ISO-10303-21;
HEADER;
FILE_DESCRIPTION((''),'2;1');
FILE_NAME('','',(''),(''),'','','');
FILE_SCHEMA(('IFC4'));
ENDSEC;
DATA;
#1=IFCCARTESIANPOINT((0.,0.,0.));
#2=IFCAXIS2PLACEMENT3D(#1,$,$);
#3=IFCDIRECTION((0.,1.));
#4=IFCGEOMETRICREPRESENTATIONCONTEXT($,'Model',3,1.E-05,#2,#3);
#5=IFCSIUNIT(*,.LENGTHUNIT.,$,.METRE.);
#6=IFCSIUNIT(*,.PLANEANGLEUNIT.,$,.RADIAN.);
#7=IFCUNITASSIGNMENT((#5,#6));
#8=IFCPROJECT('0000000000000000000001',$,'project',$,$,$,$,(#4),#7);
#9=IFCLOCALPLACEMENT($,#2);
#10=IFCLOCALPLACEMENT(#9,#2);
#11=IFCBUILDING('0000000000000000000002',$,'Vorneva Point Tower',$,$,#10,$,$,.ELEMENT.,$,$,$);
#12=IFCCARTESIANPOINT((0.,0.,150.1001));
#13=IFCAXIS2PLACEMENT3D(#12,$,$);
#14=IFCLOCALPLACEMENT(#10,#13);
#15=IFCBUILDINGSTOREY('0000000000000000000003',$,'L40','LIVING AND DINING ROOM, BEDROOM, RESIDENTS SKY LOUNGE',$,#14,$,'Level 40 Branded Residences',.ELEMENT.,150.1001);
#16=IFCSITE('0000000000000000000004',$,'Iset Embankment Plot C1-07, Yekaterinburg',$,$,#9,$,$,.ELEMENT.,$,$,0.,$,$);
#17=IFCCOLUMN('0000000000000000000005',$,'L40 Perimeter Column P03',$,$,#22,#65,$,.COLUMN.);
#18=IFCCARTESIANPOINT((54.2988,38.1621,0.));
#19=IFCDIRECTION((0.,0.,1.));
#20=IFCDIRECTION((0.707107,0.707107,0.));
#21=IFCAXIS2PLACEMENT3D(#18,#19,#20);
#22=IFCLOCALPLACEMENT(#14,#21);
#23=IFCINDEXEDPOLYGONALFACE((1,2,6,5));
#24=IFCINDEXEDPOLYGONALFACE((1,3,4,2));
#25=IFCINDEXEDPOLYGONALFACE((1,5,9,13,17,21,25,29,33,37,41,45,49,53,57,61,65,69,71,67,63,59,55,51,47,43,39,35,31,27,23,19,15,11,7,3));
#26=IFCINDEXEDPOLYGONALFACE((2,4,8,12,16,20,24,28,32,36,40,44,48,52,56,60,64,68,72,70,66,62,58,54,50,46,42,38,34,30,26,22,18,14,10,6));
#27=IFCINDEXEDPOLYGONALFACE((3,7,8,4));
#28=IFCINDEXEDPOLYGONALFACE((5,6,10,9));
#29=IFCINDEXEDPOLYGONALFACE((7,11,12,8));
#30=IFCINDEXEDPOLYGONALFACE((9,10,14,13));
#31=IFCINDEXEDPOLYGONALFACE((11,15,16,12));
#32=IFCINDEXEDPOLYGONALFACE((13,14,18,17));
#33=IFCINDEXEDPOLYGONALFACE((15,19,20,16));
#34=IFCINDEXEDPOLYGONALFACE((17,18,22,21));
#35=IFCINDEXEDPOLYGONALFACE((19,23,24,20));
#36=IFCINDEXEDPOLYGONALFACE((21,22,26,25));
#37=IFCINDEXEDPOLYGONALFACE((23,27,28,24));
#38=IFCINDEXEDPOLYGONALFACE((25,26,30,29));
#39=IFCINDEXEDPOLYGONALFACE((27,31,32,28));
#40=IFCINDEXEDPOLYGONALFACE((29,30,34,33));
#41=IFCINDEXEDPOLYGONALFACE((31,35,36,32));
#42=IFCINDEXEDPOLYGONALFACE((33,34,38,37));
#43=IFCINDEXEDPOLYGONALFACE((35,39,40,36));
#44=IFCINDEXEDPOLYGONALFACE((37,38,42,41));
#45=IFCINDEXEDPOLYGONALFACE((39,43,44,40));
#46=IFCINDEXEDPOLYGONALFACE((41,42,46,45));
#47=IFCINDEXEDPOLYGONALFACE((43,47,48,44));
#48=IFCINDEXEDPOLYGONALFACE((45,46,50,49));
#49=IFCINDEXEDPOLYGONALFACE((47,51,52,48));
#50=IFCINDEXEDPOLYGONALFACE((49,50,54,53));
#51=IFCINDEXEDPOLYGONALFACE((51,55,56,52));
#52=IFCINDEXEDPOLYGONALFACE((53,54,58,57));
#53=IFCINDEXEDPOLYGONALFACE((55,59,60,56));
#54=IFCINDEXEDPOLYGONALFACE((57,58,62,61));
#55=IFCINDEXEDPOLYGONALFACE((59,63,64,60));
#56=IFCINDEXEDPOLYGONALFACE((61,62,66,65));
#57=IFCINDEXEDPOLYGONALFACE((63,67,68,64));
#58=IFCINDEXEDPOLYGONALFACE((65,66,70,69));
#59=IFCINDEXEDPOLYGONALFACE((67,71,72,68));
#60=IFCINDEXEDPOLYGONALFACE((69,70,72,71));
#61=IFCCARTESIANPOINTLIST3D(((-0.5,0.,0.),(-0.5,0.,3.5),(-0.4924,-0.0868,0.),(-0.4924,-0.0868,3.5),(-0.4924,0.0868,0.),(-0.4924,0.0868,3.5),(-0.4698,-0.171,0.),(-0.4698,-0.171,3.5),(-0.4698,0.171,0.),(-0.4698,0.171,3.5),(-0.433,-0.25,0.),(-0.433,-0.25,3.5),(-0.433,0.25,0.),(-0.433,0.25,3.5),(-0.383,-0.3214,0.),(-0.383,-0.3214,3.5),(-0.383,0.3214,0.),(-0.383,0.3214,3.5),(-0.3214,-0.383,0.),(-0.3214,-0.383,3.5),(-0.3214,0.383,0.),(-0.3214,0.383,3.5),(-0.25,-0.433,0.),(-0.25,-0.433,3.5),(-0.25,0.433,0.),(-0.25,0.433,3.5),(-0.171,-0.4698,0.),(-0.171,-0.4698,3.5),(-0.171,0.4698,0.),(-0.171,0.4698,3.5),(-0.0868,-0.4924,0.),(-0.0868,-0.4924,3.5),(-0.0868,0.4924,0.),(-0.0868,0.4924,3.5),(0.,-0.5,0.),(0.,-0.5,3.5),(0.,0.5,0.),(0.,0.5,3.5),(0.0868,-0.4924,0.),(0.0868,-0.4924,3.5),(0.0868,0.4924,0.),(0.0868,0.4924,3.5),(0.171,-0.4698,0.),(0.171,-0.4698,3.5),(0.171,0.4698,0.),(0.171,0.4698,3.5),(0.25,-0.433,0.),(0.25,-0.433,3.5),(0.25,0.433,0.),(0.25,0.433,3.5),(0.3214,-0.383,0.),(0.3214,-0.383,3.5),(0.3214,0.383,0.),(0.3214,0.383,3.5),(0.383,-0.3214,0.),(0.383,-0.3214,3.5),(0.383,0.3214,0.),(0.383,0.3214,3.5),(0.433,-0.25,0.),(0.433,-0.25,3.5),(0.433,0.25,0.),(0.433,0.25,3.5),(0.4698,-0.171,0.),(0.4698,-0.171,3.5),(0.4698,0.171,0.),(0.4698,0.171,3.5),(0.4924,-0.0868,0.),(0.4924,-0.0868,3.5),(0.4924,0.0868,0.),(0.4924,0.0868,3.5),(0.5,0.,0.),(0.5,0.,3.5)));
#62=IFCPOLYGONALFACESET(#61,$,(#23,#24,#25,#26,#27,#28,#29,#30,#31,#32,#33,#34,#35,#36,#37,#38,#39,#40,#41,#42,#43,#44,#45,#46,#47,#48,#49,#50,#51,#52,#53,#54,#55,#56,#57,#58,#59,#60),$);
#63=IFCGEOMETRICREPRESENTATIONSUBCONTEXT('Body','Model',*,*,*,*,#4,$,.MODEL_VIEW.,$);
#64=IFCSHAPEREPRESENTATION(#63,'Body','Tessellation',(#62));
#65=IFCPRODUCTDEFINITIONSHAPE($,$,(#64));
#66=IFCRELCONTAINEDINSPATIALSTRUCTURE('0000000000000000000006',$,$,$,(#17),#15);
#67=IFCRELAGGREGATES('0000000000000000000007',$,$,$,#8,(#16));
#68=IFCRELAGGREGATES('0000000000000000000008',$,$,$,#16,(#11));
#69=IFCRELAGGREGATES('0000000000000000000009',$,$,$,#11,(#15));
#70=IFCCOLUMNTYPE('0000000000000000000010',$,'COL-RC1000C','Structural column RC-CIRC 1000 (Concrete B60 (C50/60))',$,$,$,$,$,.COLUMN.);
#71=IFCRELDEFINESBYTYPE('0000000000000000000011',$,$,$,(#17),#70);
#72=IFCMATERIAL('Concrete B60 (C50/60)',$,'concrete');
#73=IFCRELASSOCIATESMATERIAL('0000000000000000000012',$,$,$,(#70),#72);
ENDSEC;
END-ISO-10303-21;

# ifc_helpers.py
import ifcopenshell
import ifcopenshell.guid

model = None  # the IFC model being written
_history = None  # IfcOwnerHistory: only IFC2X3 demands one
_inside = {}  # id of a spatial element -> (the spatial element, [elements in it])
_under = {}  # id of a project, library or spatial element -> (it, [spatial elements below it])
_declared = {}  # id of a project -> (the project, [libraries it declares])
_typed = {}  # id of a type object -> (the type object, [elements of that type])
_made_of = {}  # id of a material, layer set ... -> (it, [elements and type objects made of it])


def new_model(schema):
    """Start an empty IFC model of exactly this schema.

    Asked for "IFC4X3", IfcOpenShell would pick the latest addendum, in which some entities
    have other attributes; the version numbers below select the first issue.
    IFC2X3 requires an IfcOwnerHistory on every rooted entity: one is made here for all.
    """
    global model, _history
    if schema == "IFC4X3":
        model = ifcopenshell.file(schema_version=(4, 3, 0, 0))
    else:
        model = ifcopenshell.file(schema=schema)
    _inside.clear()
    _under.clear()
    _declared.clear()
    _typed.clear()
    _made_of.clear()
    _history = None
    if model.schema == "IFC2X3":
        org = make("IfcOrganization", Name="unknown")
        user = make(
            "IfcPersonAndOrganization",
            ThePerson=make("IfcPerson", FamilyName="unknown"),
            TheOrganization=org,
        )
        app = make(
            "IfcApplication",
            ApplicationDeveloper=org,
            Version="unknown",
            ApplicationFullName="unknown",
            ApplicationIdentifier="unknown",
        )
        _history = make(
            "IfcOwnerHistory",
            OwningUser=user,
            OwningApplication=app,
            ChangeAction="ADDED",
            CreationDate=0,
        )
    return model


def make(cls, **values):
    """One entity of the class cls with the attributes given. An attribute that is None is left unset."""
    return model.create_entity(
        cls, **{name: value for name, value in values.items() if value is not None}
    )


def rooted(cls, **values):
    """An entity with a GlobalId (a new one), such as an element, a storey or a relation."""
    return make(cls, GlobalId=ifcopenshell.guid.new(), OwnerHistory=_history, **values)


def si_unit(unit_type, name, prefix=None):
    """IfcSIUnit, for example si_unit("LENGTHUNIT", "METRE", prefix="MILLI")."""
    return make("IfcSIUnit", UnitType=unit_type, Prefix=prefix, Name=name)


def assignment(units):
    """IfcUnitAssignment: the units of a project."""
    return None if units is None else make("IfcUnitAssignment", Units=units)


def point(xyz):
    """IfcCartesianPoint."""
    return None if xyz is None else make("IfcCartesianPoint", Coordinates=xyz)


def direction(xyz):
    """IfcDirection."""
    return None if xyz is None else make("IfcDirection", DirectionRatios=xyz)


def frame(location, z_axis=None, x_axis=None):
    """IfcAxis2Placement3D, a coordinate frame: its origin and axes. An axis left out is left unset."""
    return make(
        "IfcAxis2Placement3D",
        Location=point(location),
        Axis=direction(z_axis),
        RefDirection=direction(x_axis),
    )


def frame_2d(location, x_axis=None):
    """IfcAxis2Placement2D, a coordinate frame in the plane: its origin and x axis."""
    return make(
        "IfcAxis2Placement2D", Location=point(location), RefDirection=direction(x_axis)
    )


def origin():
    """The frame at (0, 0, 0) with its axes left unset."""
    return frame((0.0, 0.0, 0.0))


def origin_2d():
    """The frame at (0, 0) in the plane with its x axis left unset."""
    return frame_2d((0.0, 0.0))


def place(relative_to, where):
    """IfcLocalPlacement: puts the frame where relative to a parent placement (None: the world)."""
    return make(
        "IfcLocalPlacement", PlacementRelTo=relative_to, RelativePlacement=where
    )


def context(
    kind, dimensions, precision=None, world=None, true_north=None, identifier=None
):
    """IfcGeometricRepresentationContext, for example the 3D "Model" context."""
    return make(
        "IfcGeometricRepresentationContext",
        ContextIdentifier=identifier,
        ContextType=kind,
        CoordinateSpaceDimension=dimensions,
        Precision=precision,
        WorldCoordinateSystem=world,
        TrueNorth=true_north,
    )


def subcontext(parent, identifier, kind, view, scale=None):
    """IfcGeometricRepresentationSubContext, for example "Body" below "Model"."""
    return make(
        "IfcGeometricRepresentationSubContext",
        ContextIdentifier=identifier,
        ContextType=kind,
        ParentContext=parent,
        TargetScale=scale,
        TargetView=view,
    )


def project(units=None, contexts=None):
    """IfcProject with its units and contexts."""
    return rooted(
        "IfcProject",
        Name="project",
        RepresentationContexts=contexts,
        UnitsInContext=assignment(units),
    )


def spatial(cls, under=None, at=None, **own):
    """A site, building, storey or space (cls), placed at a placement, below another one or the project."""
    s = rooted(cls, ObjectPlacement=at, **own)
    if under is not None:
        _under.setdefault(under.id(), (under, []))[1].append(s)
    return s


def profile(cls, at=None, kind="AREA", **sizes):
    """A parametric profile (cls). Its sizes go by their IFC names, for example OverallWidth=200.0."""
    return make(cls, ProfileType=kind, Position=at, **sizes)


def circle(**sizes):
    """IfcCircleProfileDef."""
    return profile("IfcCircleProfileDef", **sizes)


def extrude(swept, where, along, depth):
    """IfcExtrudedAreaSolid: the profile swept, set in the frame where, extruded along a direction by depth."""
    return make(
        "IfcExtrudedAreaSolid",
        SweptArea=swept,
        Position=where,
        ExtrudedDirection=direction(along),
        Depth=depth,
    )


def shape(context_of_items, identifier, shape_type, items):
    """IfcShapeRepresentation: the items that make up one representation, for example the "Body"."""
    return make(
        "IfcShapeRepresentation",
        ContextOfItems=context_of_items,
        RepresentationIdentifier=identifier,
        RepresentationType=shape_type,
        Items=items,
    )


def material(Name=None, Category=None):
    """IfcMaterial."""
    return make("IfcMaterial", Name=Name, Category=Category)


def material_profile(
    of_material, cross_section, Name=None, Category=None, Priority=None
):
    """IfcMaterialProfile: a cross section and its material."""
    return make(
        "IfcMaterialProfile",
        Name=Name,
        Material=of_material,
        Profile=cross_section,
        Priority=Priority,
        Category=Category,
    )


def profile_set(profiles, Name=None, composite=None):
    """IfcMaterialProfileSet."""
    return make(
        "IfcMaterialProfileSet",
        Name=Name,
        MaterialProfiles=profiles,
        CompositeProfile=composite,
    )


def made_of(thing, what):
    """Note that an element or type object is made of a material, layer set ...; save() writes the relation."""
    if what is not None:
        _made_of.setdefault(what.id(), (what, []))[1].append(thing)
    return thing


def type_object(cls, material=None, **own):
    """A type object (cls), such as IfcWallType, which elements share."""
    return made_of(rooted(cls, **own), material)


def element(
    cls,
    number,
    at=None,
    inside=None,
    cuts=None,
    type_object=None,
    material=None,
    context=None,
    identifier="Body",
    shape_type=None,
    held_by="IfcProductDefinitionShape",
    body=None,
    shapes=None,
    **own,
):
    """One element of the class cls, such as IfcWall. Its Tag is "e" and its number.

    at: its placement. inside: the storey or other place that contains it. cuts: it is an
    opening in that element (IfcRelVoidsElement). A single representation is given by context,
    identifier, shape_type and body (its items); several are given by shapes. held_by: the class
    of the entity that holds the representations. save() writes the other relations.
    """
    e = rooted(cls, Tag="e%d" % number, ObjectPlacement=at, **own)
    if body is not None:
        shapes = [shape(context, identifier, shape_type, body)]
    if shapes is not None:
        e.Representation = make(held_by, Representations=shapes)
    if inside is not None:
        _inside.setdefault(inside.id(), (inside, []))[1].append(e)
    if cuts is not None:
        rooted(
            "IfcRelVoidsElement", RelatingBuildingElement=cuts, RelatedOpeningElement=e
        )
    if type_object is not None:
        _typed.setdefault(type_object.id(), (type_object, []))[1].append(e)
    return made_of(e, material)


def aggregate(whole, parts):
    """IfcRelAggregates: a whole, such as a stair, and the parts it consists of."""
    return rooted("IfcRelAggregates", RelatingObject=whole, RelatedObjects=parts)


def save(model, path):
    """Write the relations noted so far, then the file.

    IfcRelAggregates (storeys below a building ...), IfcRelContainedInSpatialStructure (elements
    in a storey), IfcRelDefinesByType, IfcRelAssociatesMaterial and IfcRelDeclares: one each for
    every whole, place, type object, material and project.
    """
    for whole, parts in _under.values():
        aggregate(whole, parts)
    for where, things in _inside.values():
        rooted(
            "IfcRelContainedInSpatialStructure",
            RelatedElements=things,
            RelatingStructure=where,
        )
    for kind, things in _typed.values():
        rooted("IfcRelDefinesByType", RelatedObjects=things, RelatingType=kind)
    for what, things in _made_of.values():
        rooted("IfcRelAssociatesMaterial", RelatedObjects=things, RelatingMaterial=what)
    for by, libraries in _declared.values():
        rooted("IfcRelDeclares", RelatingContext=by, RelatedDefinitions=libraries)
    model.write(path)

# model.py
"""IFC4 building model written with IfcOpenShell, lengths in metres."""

from ifc_helpers import new_model, si_unit, direction, frame, origin, origin_2d, place, context, subcontext, project, spatial, circle, extrude, material, material_profile, profile_set, type_object, element, save


model = new_model("IFC4")

# Units and contexts
model_context = context("Model", 3, precision=1e-05, world=origin(), true_north=direction((0.0, 1.0)))
body_context = subcontext(model_context, "Body", "Model", "MODEL_VIEW")
ifc_project = project(units=[si_unit("LENGTHUNIT", "METRE"), si_unit("PLANEANGLEUNIT", "RADIAN")], contexts=[model_context])

# Site, building, storey
site_placement = place(None, origin())
site = spatial("IfcSite", under=ifc_project, at=site_placement, Name="Iset Embankment Plot C1-07, Yekaterinburg", CompositionType="ELEMENT", RefElevation=0.0)
building_placement = place(site_placement, origin())
building = spatial("IfcBuilding", under=site, at=building_placement, Name="Vorneva Point Tower", CompositionType="ELEMENT")
storey_placement = place(building_placement, frame((0.0, 0.0, 150.1001)))
storey = spatial("IfcBuildingStorey", under=building, at=storey_placement, Name="L40", Description="LIVING AND DINING ROOM, BEDROOM, RESIDENTS SKY LOUNGE", LongName="Level 40 Branded Residences", CompositionType="ELEMENT", Elevation=150.1001)

# Column
ifc_material_1 = material(Name="Concrete B60 (C50/60)", Category="concrete")
ifc_material_profile_1 = material_profile(ifc_material_1, circle(Radius=0.5, at=origin_2d()), Name="RC-CIRC 1000")
ifc_profile_set_1 = profile_set([ifc_material_profile_1], Name="Concrete B60 (C50/60)")
column_type = type_object("IfcColumnType", Name="COL-RC1000C", Description="Structural column RC-CIRC 1000 (Concrete B60 (C50/60))", PredefinedType="COLUMN", material=ifc_profile_set_1)
column_placement = place(storey_placement, frame((54.2988, 38.1621, 0.0), z_axis=(0.0, 0.0, 1.0), x_axis=(0.707107, 0.707107, 0.0)))
element("IfcColumn", 1, at=column_placement, inside=storey, type_object=column_type, Name="L40 Perimeter Column P03", PredefinedType="COLUMN", context=body_context, shape_type="SweptSolid", body=[
    extrude(circle(Radius=0.5, at=origin_2d()), origin(), (0.0, 0.0, 1.0), 3.5),
])

save(model, "model.ifc")
